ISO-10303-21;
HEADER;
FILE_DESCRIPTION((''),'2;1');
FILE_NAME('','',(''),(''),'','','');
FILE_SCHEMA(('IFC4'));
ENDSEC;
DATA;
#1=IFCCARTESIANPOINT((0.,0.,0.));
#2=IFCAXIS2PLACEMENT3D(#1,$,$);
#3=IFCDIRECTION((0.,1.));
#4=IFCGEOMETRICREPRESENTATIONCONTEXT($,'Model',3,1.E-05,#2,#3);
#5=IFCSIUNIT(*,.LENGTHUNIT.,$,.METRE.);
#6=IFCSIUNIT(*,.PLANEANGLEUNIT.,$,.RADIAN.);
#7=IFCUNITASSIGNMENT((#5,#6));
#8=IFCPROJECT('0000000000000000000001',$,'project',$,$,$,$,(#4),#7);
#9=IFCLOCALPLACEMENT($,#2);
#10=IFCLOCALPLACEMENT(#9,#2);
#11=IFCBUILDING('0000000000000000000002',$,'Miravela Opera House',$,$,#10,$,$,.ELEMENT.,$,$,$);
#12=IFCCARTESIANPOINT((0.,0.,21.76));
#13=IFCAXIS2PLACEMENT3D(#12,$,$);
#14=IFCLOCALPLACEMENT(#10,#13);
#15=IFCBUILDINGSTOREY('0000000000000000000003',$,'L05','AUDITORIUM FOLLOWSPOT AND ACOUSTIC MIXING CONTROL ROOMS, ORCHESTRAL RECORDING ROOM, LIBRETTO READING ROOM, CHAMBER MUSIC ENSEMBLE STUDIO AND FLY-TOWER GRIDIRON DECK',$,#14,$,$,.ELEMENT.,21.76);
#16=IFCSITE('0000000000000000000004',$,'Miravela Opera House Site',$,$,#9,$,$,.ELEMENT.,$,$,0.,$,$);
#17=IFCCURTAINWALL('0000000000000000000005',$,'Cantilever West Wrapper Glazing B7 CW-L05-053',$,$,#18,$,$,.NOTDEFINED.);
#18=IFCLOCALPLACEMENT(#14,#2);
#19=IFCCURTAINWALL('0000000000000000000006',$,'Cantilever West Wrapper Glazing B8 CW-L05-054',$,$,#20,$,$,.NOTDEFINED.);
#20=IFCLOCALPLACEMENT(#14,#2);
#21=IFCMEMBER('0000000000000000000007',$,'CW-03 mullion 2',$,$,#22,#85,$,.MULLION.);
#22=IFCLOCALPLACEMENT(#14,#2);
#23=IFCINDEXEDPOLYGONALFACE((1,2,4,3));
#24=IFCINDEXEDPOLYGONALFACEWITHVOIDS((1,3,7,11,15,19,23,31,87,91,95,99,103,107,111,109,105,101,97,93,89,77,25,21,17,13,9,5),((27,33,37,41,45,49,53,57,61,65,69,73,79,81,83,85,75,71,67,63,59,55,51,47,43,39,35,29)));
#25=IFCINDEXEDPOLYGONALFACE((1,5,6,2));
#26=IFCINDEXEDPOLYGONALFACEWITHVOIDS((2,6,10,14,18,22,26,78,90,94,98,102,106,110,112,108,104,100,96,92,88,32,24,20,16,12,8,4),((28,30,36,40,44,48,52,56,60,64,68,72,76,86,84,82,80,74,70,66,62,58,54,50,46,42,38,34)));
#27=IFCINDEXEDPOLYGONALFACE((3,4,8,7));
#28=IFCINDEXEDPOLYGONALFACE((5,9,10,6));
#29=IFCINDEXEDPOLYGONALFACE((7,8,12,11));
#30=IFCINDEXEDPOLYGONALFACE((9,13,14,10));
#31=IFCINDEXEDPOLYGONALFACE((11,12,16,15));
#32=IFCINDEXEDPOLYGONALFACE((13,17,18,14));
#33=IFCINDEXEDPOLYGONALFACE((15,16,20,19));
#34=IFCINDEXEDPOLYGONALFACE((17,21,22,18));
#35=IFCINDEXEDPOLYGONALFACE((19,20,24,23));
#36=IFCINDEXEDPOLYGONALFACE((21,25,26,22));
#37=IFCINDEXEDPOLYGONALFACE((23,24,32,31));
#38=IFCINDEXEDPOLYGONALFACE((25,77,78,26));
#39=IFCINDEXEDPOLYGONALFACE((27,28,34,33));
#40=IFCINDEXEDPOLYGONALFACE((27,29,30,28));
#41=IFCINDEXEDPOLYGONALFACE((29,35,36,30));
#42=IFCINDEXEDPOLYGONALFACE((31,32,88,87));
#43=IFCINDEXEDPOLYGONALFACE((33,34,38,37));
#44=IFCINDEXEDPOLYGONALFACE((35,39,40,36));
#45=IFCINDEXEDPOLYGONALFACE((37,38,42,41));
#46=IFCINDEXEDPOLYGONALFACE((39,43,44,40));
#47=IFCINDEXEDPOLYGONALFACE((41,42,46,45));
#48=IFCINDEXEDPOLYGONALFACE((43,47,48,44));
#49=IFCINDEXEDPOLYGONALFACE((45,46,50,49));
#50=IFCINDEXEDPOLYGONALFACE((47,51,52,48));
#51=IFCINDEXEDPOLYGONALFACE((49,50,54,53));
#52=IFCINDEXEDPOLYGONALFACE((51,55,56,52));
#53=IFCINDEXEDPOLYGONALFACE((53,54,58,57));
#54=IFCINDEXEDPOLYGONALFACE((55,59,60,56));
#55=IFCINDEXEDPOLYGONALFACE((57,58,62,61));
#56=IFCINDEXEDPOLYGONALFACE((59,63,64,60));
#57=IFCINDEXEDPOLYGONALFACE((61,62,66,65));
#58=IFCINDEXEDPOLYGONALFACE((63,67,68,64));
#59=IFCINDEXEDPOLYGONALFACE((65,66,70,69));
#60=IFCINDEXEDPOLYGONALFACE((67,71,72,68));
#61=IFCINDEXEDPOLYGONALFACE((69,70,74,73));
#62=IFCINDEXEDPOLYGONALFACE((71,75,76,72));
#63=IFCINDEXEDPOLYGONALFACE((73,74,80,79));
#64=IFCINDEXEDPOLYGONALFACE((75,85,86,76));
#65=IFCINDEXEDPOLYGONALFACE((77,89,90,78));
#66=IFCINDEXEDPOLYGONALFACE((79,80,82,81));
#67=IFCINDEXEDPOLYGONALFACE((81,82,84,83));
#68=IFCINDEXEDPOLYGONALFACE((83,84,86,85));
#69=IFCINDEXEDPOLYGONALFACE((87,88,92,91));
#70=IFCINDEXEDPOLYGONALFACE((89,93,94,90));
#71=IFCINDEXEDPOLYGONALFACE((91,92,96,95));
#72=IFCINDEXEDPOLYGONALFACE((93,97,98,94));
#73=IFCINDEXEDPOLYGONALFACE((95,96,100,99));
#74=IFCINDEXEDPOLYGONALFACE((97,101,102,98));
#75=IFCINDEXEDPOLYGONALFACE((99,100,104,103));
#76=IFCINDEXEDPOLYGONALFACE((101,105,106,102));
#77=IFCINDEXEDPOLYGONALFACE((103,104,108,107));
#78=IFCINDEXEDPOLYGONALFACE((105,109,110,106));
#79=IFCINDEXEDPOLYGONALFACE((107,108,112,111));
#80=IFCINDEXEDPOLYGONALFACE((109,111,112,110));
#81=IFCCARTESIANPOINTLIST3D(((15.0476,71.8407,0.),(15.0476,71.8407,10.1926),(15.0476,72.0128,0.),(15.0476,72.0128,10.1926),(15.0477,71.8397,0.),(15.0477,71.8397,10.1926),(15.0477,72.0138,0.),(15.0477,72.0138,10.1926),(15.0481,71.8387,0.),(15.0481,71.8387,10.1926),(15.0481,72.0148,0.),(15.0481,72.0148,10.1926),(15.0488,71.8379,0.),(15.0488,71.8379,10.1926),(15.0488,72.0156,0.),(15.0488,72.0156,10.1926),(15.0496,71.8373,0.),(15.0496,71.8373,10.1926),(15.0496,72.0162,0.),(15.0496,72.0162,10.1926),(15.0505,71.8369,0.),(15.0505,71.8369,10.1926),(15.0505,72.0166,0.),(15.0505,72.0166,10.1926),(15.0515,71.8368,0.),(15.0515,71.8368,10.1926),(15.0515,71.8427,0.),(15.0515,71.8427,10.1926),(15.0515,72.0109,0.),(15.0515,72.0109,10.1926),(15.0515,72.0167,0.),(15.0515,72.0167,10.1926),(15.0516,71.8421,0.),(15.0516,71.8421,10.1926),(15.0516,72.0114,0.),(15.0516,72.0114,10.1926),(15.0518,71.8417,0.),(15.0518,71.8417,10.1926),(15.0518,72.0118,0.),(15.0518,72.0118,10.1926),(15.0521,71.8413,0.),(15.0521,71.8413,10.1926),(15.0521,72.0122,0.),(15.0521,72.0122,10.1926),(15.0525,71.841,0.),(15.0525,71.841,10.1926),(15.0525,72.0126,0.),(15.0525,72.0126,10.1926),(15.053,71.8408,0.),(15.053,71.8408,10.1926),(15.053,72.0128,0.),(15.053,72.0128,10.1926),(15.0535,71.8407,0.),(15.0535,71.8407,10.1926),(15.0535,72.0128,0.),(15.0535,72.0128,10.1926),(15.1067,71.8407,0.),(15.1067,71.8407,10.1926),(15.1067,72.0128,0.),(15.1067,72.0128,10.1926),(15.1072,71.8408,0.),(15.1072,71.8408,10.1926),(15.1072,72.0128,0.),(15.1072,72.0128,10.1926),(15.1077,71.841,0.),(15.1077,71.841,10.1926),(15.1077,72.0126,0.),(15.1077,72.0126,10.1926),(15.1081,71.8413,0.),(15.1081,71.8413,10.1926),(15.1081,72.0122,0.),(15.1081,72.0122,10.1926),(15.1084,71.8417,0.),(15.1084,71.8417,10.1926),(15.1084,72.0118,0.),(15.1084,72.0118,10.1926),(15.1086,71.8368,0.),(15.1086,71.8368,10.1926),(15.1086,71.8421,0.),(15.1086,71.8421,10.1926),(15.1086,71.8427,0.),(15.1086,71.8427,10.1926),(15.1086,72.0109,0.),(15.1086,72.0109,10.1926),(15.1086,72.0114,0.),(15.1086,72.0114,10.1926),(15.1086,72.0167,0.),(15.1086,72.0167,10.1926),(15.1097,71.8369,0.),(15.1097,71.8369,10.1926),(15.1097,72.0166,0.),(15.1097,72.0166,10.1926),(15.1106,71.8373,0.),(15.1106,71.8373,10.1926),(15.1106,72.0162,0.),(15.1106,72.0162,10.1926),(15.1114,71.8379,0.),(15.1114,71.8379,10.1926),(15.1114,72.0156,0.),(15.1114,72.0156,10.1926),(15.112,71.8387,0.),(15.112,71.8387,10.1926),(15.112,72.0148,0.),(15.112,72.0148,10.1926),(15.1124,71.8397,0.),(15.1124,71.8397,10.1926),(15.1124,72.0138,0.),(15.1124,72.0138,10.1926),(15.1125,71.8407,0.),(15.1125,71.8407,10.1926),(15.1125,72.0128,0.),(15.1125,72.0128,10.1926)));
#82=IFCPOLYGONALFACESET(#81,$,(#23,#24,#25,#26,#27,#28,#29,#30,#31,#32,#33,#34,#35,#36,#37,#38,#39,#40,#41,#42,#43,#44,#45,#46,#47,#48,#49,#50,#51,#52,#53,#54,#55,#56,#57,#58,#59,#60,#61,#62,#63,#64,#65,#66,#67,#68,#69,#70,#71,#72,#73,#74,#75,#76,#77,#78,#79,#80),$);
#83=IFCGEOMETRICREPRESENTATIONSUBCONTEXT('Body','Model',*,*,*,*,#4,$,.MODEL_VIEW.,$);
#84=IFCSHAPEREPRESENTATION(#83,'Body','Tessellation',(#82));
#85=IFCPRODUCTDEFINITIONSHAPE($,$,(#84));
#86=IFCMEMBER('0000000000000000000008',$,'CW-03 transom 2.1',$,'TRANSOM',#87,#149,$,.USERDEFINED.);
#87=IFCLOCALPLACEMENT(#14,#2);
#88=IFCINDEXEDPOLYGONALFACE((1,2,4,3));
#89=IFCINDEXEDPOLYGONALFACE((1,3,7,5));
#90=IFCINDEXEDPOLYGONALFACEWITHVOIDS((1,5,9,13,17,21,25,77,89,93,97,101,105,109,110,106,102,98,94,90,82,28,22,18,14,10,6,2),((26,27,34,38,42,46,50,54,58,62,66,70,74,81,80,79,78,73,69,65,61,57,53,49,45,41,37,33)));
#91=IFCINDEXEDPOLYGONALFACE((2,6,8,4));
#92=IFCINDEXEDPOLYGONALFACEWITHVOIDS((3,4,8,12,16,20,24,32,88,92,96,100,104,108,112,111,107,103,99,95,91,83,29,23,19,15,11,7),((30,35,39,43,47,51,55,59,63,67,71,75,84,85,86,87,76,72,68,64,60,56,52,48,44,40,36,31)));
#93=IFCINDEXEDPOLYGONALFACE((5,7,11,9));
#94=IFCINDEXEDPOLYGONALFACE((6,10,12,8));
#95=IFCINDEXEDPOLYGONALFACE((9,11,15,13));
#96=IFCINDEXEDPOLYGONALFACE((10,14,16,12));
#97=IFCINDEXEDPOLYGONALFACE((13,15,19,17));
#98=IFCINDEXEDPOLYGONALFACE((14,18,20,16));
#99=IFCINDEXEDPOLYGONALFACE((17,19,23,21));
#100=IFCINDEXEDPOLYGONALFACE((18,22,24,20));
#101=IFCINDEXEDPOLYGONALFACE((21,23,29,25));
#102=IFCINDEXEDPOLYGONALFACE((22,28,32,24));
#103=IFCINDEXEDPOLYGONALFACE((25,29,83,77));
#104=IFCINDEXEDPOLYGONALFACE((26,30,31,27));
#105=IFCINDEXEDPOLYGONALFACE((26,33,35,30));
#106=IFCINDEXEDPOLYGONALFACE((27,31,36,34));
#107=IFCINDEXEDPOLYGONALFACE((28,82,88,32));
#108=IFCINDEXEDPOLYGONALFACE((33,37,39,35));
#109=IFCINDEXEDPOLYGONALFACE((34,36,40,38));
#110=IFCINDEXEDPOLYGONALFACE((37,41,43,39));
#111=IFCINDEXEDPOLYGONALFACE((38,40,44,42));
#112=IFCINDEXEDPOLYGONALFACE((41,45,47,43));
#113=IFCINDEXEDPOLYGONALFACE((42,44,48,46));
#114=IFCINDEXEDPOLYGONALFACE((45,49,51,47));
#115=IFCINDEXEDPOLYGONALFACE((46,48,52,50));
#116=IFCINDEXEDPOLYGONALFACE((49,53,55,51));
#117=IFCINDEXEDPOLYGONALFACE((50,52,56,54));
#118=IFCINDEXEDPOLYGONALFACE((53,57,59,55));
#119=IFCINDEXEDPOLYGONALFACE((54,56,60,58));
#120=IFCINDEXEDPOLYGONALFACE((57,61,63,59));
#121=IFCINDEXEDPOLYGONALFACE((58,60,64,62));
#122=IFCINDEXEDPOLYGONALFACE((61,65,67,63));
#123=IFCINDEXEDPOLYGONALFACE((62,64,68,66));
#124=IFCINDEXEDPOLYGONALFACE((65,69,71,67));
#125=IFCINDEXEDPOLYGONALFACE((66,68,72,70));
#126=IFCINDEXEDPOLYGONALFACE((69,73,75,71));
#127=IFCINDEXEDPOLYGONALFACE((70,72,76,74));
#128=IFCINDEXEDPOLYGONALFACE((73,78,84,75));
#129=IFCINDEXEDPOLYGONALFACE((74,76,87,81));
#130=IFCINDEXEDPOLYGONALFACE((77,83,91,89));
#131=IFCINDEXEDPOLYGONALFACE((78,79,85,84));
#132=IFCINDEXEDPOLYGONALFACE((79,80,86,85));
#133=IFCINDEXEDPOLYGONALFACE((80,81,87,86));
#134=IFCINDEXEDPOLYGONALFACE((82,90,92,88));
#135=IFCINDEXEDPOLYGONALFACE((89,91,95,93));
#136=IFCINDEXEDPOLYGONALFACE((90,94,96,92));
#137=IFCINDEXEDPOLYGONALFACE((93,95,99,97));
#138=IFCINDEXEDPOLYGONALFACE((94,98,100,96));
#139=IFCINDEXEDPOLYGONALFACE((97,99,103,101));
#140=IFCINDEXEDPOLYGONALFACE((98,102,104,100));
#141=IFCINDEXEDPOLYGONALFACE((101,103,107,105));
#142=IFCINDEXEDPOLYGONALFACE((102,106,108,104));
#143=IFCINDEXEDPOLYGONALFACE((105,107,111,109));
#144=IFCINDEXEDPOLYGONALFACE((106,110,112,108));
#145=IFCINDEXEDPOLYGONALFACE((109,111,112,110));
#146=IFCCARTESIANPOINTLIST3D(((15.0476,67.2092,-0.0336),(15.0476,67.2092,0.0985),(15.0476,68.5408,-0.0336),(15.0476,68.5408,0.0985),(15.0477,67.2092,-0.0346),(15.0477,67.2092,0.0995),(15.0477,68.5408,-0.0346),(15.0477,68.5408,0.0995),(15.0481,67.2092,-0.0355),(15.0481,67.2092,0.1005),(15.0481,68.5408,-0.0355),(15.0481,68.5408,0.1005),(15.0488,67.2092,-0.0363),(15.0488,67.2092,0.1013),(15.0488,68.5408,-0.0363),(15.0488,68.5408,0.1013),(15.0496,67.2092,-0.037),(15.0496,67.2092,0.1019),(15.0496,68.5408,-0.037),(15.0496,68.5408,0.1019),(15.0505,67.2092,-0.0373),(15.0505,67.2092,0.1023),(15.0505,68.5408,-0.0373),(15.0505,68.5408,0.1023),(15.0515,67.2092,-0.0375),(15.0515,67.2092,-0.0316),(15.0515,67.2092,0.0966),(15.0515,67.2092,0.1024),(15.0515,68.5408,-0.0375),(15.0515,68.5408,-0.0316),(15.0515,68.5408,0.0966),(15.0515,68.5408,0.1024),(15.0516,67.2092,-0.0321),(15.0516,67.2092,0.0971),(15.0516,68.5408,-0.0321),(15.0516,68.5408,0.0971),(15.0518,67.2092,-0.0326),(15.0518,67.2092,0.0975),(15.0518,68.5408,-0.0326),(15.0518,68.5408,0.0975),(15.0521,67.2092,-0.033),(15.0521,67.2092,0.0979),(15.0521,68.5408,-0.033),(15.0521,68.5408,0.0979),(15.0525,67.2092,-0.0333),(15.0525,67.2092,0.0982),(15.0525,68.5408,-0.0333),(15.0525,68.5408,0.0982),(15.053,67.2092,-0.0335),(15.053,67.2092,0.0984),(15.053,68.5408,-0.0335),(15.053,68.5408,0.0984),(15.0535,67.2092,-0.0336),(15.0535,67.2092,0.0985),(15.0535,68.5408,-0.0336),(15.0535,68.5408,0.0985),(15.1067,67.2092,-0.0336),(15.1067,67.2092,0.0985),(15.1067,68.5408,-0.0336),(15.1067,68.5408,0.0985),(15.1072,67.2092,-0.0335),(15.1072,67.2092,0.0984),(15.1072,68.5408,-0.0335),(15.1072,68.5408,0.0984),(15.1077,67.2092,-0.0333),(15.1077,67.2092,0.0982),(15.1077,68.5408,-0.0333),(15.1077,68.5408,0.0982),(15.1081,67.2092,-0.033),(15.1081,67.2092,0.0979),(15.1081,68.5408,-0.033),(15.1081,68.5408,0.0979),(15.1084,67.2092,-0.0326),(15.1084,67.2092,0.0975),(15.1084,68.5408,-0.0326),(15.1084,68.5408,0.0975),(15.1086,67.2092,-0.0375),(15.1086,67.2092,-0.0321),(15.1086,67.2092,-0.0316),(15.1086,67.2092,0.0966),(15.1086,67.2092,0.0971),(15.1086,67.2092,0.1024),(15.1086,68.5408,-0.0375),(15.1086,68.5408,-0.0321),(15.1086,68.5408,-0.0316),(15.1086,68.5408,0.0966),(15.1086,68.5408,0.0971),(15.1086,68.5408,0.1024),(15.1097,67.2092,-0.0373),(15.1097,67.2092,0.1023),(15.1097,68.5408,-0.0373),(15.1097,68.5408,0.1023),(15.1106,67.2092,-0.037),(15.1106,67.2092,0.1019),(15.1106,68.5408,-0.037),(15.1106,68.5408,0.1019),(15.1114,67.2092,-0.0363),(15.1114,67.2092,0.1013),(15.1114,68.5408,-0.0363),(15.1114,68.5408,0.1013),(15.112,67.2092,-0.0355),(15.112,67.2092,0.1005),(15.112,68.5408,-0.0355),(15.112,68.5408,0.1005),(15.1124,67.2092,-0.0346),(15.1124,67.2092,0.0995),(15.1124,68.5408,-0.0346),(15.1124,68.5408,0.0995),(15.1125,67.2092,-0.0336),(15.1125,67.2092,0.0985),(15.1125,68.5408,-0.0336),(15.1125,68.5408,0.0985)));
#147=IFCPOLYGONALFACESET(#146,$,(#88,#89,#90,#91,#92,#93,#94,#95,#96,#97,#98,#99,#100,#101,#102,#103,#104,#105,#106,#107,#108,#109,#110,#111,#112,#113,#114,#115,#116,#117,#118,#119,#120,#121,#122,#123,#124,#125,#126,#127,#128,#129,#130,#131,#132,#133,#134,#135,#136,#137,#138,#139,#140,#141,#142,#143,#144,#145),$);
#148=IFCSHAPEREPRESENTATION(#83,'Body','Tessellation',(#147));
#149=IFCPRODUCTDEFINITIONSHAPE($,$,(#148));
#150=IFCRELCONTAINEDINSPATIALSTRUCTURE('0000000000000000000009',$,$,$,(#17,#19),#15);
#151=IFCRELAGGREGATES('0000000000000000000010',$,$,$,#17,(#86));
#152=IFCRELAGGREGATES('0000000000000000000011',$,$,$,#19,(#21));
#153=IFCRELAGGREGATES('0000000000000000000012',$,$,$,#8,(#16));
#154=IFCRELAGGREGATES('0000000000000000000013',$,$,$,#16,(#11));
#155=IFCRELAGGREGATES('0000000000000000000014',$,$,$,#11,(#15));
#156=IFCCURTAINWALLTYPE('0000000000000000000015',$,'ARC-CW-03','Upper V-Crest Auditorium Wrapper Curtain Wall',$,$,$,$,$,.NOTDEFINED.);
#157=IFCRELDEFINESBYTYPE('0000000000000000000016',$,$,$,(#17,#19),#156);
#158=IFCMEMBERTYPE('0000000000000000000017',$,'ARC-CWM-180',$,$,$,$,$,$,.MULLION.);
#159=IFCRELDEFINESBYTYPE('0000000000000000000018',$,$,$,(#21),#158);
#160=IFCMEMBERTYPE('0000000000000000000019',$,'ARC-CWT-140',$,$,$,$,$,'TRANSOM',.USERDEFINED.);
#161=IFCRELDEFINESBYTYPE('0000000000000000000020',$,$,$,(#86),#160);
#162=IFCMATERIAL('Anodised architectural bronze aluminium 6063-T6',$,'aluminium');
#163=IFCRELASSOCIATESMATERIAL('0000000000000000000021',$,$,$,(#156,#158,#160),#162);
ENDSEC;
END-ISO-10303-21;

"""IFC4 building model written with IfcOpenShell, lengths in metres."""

from ifc_helpers import new_model, si_unit, direction, frame, origin, origin_2d, place, context, subcontext, project, spatial, hollow_rectangle, extrude, material, material_profile, profile_set, type_object, element, aggregate, save


model = new_model("IFC4")

# Units and contexts
model_context = context("Model", 3, precision=1e-05, world=origin(), true_north=direction((0.0, 1.0)))
body_context = subcontext(model_context, "Body", "Model", "MODEL_VIEW")
ifc_project = project(units=[si_unit("LENGTHUNIT", "METRE"), si_unit("PLANEANGLEUNIT", "RADIAN")], contexts=[model_context])

# Site, building, storey
site_placement = place(None, origin())
site = spatial("IfcSite", under=ifc_project, at=site_placement, Name="Miravela Opera House Site", CompositionType="ELEMENT", RefElevation=0.0)
building_placement = place(site_placement, origin())
building = spatial("IfcBuilding", under=site, at=building_placement, Name="Miravela Opera House", CompositionType="ELEMENT")
storey_placement = place(building_placement, frame((0.0, 0.0, 21.76)))
storey = spatial("IfcBuildingStorey", under=building, at=storey_placement, Name="L05", Description="AUDITORIUM FOLLOWSPOT AND ACOUSTIC MIXING CONTROL ROOMS, ORCHESTRAL RECORDING ROOM, LIBRETTO READING ROOM, CHAMBER MUSIC ENSEMBLE STUDIO AND FLY-TOWER GRIDIRON DECK", CompositionType="ELEMENT", Elevation=21.76)

# Curtain walls, member
ifc_material_1 = material(Name="Anodised architectural bronze aluminium 6063-T6", Category="aluminium")
curtain_wall_type = type_object("IfcCurtainWallType", Name="ARC-CW-03", Description="Upper V-Crest Auditorium Wrapper Curtain Wall", PredefinedType="NOTDEFINED", material=ifc_material_1)
curtain_wall_1_placement = place(storey_placement, origin())
curtain_wall_1 = element("IfcCurtainWall", 1, at=curtain_wall_1_placement, inside=storey, type_object=curtain_wall_type, Name="Cantilever West Wrapper Glazing B7 CW-L05-053", PredefinedType="NOTDEFINED")
ifc_material_profile_1 = material_profile(ifc_material_1, hollow_rectangle(XDim=0.0649, YDim=0.1799, WallThickness=0.0039, InnerFilletRadius=0.002, OuterFilletRadius=0.0039, at=origin_2d()), Name="CWM-65X180")
ifc_profile_set_1 = profile_set([ifc_material_profile_1])
member_type_1 = type_object("IfcMemberType", Name="ARC-CWM-180", PredefinedType="MULLION", material=ifc_profile_set_1)
curtain_wall_2_placement = place(storey_placement, origin())
curtain_wall_2 = element("IfcCurtainWall", 2, at=curtain_wall_2_placement, inside=storey, type_object=curtain_wall_type, Name="Cantilever West Wrapper Glazing B8 CW-L05-054", PredefinedType="NOTDEFINED")
member_1_placement = place(storey_placement, frame((15.0801, 71.9268, 0.0), z_axis=(0.0, 0.0, 1.0), x_axis=(-1.0, 0.0, 0.0)))
member_1 = element("IfcMember", 3, at=member_1_placement, type_object=member_type_1, Name="CW-03 mullion 2", PredefinedType="MULLION", context=body_context, shape_type="SweptSolid", body=[
    extrude(hollow_rectangle(XDim=0.0649, YDim=0.1799, WallThickness=0.0039, InnerFilletRadius=0.002, OuterFilletRadius=0.0039, at=origin_2d()), origin(), (0.0, 0.0, 1.0), 10.1926),
])

# Member
ifc_material_profile_2 = material_profile(ifc_material_1, hollow_rectangle(XDim=0.0649, YDim=0.1399, WallThickness=0.0039, InnerFilletRadius=0.002, OuterFilletRadius=0.0039, at=origin_2d()), Name="CWT-65X140")
ifc_profile_set_2 = profile_set([ifc_material_profile_2])
member_type_2 = type_object("IfcMemberType", Name="ARC-CWT-140", ElementType="TRANSOM", PredefinedType="USERDEFINED", material=ifc_profile_set_2)
member_2_placement = place(storey_placement, frame((15.0801, 67.2092, 0.0325), z_axis=(0.0, 1.0, 0.0), x_axis=(-1.0, 0.0, 0.0)))
member_2 = element("IfcMember", 4, at=member_2_placement, type_object=member_type_2, Name="CW-03 transom 2.1", ObjectType="TRANSOM", PredefinedType="USERDEFINED", context=body_context, shape_type="SweptSolid", body=[
    extrude(hollow_rectangle(XDim=0.0649, YDim=0.1399, WallThickness=0.0039, InnerFilletRadius=0.002, OuterFilletRadius=0.0039, at=origin_2d()), origin(), (0.0, 0.0, 1.0), 1.3315),
])

aggregate(curtain_wall_1, [member_2])
aggregate(curtain_wall_2, [member_1])

save(model, "model.ifc")
